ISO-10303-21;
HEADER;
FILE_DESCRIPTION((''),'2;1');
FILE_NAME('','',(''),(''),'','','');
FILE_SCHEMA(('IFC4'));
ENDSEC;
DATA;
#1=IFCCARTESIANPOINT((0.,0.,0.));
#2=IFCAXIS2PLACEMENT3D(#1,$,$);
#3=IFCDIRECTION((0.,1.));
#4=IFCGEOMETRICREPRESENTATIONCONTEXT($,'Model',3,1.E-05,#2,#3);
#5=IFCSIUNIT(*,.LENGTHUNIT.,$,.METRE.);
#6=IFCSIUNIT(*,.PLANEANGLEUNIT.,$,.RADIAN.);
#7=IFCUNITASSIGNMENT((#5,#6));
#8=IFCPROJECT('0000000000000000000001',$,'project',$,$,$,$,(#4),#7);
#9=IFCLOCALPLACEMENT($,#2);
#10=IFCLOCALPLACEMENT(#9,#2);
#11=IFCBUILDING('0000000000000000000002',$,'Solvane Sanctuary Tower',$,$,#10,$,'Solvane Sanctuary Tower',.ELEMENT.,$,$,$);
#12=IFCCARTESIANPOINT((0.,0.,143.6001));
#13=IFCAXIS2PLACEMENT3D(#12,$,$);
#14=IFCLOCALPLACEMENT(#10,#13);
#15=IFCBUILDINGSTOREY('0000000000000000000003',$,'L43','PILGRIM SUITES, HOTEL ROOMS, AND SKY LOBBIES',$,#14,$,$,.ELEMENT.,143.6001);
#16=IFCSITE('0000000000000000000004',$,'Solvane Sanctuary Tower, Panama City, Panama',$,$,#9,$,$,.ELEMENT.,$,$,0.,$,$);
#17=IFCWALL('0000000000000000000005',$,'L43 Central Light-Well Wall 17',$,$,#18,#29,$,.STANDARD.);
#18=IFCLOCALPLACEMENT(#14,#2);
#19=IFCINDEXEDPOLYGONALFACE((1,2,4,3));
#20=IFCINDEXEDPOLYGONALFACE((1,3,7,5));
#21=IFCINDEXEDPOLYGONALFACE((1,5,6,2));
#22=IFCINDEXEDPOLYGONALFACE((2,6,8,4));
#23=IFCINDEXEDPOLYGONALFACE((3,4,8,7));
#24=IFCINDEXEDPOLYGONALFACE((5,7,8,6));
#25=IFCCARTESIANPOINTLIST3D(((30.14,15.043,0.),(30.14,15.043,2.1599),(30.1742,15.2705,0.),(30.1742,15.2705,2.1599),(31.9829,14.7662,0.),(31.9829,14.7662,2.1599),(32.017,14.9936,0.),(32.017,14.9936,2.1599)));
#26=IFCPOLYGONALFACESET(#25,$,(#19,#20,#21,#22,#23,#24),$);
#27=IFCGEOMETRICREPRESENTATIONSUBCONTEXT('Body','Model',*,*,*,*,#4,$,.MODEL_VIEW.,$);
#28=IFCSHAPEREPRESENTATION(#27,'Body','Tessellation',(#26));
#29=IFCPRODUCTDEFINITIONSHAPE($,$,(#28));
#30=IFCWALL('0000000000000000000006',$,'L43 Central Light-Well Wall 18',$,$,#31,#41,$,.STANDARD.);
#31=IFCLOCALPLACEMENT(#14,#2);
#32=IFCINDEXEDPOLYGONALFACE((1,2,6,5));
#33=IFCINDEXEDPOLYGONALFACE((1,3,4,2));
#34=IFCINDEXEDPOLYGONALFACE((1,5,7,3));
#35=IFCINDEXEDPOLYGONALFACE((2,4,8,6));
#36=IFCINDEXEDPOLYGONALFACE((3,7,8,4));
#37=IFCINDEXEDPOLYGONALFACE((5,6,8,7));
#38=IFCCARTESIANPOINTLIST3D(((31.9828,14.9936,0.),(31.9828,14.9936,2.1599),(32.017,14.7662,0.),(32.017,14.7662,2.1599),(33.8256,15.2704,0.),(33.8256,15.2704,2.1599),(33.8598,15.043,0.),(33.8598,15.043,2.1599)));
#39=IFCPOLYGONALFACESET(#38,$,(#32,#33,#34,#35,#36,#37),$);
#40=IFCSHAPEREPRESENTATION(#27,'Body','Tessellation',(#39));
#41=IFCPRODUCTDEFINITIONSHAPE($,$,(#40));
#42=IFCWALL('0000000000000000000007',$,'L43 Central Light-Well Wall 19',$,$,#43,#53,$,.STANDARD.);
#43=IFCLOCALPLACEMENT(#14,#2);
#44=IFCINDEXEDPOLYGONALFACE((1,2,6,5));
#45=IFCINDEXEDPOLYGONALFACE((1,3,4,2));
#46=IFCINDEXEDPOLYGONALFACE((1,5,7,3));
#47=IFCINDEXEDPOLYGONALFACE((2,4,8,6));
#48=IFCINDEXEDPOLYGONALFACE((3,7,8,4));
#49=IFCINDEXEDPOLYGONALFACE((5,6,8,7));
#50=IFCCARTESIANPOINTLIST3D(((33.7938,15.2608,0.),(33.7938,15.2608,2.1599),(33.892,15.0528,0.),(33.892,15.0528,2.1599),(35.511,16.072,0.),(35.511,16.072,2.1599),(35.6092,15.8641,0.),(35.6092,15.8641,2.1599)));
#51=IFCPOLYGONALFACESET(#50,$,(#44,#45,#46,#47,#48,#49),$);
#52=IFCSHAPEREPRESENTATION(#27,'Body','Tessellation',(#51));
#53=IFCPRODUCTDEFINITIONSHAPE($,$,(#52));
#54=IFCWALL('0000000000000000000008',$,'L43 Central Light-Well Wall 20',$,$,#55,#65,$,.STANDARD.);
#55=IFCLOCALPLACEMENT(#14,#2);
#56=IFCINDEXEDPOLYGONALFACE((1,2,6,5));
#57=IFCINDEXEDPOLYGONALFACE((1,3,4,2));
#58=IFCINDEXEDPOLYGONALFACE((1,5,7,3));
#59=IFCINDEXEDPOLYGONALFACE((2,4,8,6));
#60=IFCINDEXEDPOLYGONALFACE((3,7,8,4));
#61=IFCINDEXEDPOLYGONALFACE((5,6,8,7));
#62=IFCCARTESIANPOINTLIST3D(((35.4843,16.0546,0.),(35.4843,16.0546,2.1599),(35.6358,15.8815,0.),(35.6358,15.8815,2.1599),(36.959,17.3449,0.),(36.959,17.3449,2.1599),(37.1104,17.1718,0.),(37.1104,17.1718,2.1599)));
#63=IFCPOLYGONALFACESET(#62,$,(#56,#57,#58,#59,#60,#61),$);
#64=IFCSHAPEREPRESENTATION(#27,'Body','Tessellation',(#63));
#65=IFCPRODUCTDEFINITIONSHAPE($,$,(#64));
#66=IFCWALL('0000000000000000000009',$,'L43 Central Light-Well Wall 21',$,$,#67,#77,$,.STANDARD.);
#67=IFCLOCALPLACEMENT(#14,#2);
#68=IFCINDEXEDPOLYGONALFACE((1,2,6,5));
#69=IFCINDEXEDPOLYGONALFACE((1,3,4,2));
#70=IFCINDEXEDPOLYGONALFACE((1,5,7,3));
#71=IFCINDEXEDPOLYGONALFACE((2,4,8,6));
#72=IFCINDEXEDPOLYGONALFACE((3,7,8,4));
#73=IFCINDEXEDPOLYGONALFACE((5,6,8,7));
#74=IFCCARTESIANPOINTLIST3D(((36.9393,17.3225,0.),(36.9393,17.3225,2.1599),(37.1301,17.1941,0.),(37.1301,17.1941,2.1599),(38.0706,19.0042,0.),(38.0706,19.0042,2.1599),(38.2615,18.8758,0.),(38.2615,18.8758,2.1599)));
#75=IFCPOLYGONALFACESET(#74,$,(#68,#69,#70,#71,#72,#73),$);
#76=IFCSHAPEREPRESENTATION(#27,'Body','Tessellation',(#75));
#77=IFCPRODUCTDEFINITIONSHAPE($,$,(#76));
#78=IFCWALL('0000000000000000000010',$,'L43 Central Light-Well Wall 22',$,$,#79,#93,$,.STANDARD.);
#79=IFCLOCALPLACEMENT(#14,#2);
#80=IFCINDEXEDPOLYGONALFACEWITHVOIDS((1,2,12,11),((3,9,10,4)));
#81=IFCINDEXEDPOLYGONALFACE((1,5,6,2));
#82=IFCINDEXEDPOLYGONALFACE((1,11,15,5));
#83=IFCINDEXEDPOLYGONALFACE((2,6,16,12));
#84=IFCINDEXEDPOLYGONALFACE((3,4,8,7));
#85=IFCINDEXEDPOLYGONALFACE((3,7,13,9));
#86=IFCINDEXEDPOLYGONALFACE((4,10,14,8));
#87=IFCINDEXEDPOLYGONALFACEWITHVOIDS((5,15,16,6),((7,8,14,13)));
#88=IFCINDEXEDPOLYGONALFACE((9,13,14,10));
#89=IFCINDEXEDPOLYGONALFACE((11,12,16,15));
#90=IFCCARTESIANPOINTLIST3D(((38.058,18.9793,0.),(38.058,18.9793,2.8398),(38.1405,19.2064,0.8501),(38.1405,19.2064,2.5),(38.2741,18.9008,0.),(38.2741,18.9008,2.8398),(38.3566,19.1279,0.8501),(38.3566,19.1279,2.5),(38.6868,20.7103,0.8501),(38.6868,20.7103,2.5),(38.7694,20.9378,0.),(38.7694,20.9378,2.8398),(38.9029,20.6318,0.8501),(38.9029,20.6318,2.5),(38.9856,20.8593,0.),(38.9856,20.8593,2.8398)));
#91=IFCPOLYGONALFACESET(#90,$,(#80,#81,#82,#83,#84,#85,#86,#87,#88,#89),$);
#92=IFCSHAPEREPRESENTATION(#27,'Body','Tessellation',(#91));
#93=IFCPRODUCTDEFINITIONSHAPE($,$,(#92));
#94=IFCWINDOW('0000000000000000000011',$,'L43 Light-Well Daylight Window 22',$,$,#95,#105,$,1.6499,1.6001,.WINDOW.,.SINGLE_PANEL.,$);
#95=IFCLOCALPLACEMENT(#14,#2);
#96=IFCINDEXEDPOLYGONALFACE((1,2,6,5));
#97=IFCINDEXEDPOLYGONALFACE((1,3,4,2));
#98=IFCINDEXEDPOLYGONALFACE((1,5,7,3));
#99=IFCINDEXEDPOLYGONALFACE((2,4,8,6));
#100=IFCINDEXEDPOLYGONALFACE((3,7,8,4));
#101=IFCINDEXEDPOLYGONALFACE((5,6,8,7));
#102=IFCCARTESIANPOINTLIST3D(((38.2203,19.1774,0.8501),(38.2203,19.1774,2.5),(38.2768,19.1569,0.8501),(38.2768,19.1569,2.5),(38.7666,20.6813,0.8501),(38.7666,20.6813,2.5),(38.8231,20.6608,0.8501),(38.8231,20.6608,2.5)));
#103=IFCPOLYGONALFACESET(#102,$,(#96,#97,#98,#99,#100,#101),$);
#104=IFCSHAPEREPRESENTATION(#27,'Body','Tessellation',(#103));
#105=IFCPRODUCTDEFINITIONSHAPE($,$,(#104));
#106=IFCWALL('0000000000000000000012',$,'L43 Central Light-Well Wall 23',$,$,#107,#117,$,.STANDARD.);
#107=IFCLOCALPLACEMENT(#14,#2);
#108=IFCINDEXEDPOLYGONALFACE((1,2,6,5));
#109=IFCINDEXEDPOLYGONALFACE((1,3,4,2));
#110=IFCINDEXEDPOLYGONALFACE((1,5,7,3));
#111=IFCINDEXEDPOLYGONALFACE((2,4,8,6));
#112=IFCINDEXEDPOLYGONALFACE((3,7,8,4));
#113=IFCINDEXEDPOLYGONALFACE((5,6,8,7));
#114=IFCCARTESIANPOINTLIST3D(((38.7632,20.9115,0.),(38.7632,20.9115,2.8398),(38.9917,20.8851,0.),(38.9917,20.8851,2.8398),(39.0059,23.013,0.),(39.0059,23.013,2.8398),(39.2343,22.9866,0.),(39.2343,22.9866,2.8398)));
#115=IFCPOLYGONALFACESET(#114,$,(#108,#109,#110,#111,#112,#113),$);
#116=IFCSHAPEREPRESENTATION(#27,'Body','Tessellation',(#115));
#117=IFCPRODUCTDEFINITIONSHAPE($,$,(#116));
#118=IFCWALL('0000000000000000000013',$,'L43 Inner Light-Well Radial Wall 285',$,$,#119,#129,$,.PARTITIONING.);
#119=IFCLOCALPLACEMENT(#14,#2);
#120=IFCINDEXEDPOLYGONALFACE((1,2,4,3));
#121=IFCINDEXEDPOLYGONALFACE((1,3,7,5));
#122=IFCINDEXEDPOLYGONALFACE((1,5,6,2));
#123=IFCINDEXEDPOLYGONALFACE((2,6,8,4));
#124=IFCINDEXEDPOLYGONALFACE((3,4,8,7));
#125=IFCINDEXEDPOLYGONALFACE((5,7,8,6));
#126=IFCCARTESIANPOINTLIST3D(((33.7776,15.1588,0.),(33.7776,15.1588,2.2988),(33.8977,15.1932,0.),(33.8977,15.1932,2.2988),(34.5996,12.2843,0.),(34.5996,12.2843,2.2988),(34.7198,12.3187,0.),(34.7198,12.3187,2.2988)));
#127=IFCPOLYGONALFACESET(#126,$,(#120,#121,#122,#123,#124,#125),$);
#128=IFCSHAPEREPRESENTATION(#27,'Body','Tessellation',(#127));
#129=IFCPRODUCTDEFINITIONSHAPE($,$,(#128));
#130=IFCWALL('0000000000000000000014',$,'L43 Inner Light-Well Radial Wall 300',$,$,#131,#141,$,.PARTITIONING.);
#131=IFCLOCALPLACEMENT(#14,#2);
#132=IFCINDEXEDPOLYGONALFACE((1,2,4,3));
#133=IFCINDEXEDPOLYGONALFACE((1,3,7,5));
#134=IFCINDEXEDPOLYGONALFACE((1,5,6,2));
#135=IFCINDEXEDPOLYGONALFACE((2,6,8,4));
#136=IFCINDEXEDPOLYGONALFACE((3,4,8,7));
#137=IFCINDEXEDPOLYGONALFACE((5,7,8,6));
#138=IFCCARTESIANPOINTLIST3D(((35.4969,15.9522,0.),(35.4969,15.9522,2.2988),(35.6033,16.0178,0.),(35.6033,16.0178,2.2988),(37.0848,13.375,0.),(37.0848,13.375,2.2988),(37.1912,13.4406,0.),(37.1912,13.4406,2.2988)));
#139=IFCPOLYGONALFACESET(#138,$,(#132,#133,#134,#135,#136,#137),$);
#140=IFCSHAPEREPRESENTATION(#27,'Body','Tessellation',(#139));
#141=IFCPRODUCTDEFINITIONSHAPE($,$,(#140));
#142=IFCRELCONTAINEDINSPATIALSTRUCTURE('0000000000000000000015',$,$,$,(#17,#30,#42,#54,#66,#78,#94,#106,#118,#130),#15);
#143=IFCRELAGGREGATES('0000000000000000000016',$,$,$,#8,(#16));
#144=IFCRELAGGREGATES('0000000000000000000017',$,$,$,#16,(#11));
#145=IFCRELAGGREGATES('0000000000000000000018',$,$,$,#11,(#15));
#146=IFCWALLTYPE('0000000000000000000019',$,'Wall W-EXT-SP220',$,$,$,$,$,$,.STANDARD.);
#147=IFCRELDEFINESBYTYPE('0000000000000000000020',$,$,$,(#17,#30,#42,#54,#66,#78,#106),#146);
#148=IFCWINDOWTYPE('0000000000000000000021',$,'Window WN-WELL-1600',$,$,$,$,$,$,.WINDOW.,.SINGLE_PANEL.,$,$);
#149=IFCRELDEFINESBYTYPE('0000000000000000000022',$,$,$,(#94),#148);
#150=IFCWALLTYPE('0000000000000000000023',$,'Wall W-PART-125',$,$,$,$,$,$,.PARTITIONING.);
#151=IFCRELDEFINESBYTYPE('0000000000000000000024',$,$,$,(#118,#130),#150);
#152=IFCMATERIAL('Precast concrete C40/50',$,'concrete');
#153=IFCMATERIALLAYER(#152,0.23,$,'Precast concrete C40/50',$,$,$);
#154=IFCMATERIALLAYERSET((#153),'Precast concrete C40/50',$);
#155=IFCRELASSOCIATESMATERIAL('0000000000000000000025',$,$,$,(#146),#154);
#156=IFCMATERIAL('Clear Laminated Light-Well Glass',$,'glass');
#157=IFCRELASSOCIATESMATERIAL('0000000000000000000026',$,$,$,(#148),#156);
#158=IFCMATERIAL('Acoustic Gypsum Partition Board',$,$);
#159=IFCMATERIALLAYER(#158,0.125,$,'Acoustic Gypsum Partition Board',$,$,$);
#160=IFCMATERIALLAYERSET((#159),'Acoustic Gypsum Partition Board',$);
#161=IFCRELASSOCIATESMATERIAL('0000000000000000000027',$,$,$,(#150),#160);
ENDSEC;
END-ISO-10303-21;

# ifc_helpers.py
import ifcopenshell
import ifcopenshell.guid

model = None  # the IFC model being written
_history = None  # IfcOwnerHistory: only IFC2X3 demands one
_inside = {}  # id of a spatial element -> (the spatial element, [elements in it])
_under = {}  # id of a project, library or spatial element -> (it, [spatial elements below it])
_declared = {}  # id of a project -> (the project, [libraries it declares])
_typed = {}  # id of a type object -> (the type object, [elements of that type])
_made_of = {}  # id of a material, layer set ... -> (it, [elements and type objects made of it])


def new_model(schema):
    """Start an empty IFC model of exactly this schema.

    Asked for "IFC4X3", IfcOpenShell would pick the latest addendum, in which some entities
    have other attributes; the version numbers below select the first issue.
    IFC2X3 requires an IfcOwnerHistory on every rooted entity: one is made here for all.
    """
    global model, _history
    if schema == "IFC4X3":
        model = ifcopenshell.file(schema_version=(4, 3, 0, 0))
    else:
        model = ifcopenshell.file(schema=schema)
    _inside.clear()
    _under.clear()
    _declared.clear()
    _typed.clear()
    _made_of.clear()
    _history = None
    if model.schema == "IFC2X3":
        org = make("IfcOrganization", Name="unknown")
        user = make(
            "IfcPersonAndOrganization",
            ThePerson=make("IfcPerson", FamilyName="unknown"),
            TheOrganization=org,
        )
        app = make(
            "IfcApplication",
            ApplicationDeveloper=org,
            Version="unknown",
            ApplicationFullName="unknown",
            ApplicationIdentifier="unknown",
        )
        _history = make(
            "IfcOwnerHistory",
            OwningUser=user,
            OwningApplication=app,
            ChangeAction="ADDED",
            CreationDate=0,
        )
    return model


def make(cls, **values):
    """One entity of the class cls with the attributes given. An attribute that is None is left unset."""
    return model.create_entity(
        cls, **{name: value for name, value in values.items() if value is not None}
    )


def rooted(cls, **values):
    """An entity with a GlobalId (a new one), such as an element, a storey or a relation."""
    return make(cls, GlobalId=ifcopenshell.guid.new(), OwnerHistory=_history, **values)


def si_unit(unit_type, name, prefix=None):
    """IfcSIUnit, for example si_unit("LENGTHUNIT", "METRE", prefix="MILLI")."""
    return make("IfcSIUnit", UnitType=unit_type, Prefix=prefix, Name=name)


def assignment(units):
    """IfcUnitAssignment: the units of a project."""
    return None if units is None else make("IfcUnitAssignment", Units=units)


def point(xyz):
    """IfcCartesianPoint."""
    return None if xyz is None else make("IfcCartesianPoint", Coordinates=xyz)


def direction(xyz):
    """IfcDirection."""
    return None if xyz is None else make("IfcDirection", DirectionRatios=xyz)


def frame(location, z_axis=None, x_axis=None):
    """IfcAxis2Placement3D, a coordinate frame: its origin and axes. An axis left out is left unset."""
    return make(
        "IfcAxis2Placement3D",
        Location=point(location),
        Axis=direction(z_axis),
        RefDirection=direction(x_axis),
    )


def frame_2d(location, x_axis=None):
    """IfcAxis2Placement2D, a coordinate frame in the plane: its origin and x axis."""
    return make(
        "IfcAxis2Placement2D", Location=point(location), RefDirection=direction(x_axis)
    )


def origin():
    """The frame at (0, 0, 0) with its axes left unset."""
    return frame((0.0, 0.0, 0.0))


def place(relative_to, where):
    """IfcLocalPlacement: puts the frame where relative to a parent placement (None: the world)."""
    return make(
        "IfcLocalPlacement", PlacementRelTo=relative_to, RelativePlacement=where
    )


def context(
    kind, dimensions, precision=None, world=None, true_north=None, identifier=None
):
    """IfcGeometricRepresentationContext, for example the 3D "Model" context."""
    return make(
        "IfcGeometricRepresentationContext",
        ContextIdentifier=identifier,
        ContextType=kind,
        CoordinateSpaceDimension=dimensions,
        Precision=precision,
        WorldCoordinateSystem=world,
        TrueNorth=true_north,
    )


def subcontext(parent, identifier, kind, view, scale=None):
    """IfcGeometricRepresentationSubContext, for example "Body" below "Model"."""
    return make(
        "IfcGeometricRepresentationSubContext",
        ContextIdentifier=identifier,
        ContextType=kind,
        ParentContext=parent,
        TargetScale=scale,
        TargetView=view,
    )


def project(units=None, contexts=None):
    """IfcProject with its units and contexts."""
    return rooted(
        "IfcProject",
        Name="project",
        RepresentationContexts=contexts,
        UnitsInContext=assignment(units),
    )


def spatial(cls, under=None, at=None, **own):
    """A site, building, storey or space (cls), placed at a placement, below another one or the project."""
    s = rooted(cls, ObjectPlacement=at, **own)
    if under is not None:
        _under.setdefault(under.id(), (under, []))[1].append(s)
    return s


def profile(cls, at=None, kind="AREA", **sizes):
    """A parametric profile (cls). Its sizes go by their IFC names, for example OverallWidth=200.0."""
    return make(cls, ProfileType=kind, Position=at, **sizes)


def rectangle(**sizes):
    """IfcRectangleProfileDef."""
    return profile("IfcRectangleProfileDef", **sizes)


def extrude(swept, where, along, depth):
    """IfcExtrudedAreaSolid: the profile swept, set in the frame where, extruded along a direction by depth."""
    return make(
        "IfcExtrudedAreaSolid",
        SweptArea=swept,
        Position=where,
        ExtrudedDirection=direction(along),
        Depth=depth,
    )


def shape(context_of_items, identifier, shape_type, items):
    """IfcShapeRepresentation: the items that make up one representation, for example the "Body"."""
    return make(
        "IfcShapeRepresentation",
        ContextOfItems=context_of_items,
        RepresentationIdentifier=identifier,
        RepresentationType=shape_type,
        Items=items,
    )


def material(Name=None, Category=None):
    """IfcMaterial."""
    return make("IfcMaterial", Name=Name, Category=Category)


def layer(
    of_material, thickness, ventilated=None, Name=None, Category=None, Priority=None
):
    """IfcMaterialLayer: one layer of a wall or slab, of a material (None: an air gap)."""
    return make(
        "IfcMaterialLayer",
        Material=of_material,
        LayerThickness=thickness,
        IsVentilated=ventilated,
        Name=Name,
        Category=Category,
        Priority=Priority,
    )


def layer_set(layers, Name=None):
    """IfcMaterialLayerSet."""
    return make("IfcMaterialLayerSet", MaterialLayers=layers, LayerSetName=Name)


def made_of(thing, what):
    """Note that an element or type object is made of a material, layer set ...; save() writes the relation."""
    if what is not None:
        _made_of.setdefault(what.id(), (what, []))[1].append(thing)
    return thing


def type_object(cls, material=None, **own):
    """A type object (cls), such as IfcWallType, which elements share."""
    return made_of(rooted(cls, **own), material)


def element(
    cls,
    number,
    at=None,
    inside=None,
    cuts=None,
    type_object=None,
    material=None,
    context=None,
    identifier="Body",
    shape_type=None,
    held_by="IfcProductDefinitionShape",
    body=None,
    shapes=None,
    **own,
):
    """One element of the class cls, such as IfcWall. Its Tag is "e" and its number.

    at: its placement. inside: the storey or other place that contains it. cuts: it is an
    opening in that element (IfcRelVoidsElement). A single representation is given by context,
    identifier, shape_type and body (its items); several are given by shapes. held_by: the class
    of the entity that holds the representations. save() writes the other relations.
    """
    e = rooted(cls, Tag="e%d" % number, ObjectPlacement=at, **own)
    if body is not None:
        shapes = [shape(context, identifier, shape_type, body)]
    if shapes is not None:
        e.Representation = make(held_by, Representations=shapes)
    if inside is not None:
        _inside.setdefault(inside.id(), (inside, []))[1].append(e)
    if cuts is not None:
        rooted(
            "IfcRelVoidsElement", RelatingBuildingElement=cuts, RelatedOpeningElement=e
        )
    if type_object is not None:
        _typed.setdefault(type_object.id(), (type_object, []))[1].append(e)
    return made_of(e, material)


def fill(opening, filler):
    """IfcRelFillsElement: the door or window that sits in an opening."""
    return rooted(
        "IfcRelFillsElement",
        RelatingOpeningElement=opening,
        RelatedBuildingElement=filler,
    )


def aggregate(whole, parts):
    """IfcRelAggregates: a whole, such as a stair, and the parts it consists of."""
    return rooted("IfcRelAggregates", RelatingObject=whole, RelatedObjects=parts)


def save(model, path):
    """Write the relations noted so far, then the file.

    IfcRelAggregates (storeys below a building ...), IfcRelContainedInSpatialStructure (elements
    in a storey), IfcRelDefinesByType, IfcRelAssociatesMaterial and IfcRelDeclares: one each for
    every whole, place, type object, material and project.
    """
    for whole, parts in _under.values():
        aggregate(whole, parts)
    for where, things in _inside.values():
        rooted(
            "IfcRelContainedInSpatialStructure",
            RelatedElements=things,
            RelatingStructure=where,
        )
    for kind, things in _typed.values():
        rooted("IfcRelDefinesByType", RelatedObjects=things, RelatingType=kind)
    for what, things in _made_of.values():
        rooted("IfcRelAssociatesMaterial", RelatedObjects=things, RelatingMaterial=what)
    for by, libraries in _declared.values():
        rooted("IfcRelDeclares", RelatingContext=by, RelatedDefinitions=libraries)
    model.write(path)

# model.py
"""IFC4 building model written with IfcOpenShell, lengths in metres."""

from ifc_helpers import new_model, si_unit, direction, frame, frame_2d, origin, place, context, subcontext, project, spatial, rectangle, extrude, material, layer, layer_set, type_object, element, fill, save


model = new_model("IFC4")

# Units and contexts
model_context = context("Model", 3, precision=1e-05, world=origin(), true_north=direction((0.0, 1.0)))
body_context = subcontext(model_context, "Body", "Model", "MODEL_VIEW")
ifc_project = project(units=[si_unit("LENGTHUNIT", "METRE"), si_unit("PLANEANGLEUNIT", "RADIAN")], contexts=[model_context])

# Site, building, storey
site_placement = place(None, origin())
site = spatial("IfcSite", under=ifc_project, at=site_placement, Name="Solvane Sanctuary Tower, Panama City, Panama", CompositionType="ELEMENT", RefElevation=0.0)
building_placement = place(site_placement, origin())
building = spatial("IfcBuilding", under=site, at=building_placement, Name="Solvane Sanctuary Tower", LongName="Solvane Sanctuary Tower", CompositionType="ELEMENT")
storey_placement = place(building_placement, frame((0.0, 0.0, 143.6001)))
storey = spatial("IfcBuildingStorey", under=building, at=storey_placement, Name="L43", Description="PILGRIM SUITES, HOTEL ROOMS, AND SKY LOBBIES", CompositionType="ELEMENT", Elevation=143.6001)

# Walls
ifc_material_1 = material(Name="Precast concrete C40/50", Category="concrete")
ifc_layer_1 = layer(ifc_material_1, 0.23, Name="Precast concrete C40/50")
ifc_layer_set_1 = layer_set([ifc_layer_1], Name="Precast concrete C40/50")
wall_type_1 = type_object("IfcWallType", Name="Wall W-EXT-SP220", PredefinedType="STANDARD", material=ifc_layer_set_1)
for number, where, z_axis, x_axis, name in (
    (1, (30.1572, 15.1567, 0.0), (0.0, 0.0, 1.0), (0.988902, -0.148571, 0.0), "L43 Central Light-Well Wall 17"),
    (2, (32.0, 14.8799, 0.0), (0.0, 0.0, 1.0), (0.988902, 0.148571, 0.0), "L43 Central Light-Well Wall 18"),
):
    element("IfcWall", number, at=place(storey_placement, frame(where, z_axis=z_axis, x_axis=x_axis)), inside=storey, type_object=wall_type_1, Name=name, PredefinedType="STANDARD", context=body_context, shape_type="SweptSolid", body=[
        extrude(rectangle(XDim=1.8635, YDim=0.23, at=frame_2d((0.9316, 0.0))), origin(), (0.0, 0.0, 1.0), 2.1599),
    ])
wall_1_placement = place(storey_placement, frame((33.8428, 15.1567, 0.0), z_axis=(0.0, 0.0, 1.0), x_axis=(0.90418, 0.427152, 0.0)))
element("IfcWall", 3, at=wall_1_placement, inside=storey, type_object=wall_type_1, Name="L43 Central Light-Well Wall 19", PredefinedType="STANDARD", context=body_context, shape_type="SweptSolid", body=[
    extrude(rectangle(XDim=1.8992, YDim=0.23, at=frame_2d((0.9497, 0.0))), origin(), (0.0, 0.0, 1.0), 2.1599),
])
wall_2_placement = place(storey_placement, frame((35.5601, 15.968, 0.0), z_axis=(0.0, 0.0, 1.0), x_axis=(0.752577, 0.658505, 0.0)))
element("IfcWall", 4, at=wall_2_placement, inside=storey, type_object=wall_type_1, Name="L43 Central Light-Well Wall 20", PredefinedType="STANDARD", context=body_context, shape_type="SweptSolid", body=[
    extrude(rectangle(XDim=1.9595, YDim=0.23, at=frame_2d((0.9797, 0.0))), origin(), (0.0, 0.0, 1.0), 2.1599),
])
wall_3_placement = place(storey_placement, frame((37.0347, 17.2583, 0.0), z_axis=(0.0, 0.0, 1.0), x_axis=(0.558198, 0.829708, 0.0)))
element("IfcWall", 5, at=wall_3_placement, inside=storey, type_object=wall_type_1, Name="L43 Central Light-Well Wall 21", PredefinedType="STANDARD", context=body_context, shape_type="SweptSolid", body=[
    extrude(rectangle(XDim=2.0269, YDim=0.23, at=frame_2d((1.0134, 0.0))), origin(), (0.0, 0.0, 1.0), 2.1599),
])

# Wall, opening, window
wall_4_placement = place(storey_placement, frame((38.166, 18.9399, 0.0), z_axis=(0.0, 0.0, 1.0), x_axis=(0.341423, 0.93991, 0.0)))
wall_4 = element("IfcWall", 6, at=wall_4_placement, inside=storey, type_object=wall_type_1, Name="L43 Central Light-Well Wall 22", PredefinedType="STANDARD", context=body_context, shape_type="SweptSolid", body=[
    extrude(rectangle(XDim=2.0837, YDim=0.23, at=frame_2d((1.042, 0.0))), origin(), (0.0, 0.0, 1.0), 2.8398),
])
opening_placement = place(wall_4_placement, frame((0.2417, 0.0, 0.8501)))
opening = element("IfcOpeningElement", 7, at=opening_placement, cuts=wall_4, PredefinedType="OPENING", context=body_context, shape_type="SweptSolid", body=[
    extrude(rectangle(XDim=1.6001, YDim=1.6499, at=frame_2d((0.8, 0.825))), frame((0.0, 0.125, 0.0), z_axis=(0.0, -1.0, 0.0), x_axis=(1.0, 0.0, 0.0)), (0.0, 0.0, 1.0), 0.25),
])
ifc_material_2 = material(Name="Clear Laminated Light-Well Glass", Category="glass")
window_type = type_object("IfcWindowType", Name="Window WN-WELL-1600", PartitioningType="SINGLE_PANEL", PredefinedType="WINDOW", material=ifc_material_2)
window_placement = place(opening_placement, origin())
window = element("IfcWindow", 8, at=window_placement, inside=storey, type_object=window_type, Name="L43 Light-Well Daylight Window 22", OverallHeight=1.6499, OverallWidth=1.6001, PartitioningType="SINGLE_PANEL", PredefinedType="WINDOW", context=body_context, shape_type="SweptSolid", body=[
    extrude(rectangle(XDim=1.6001, YDim=1.6499, at=frame_2d((0.8, 0.825))), frame((0.0, 0.03, 0.0), z_axis=(0.0, -1.0, 0.0), x_axis=(1.0, 0.0, 0.0)), (0.0, 0.0, 1.0), 0.0601),
])
fill(opening, window)

# Walls
wall_5_placement = place(storey_placement, frame((38.8774, 20.8984, 0.0), z_axis=(0.0, 0.0, 1.0), x_axis=(0.114712, 0.993399, 0.0)))
element("IfcWall", 9, at=wall_5_placement, inside=storey, type_object=wall_type_1, Name="L43 Central Light-Well Wall 23", PredefinedType="STANDARD", context=body_context, shape_type="SweptSolid", body=[
    extrude(rectangle(XDim=2.1155, YDim=0.23, at=frame_2d((1.0576, 0.0))), origin(), (0.0, 0.0, 1.0), 2.8398),
])
ifc_material_3 = material(Name="Acoustic Gypsum Partition Board")
ifc_layer_2 = layer(ifc_material_3, 0.125, Name="Acoustic Gypsum Partition Board")
ifc_layer_set_2 = layer_set([ifc_layer_2], Name="Acoustic Gypsum Partition Board")
wall_type_2 = type_object("IfcWallType", Name="Wall W-PART-125", PredefinedType="PARTITIONING", material=ifc_layer_set_2)
wall_6_placement = place(storey_placement, frame((33.8376, 15.176, 0.0), z_axis=(0.0, 0.0, 1.0), x_axis=(0.274948, -0.961459, 0.0)))
element("IfcWall", 10, at=wall_6_placement, inside=storey, type_object=wall_type_2, Name="L43 Inner Light-Well Radial Wall 285", PredefinedType="PARTITIONING", context=body_context, shape_type="SweptSolid", body=[
    extrude(rectangle(XDim=2.9897, YDim=0.125, at=frame_2d((1.4949, 0.0))), origin(), (0.0, 0.0, 1.0), 2.2988),
])
wall_7_placement = place(storey_placement, frame((35.55, 15.9851, 0.0), z_axis=(0.0, 0.0, 1.0), x_axis=(0.524565, -0.85137, 0.0)))
element("IfcWall", 11, at=wall_7_placement, inside=storey, type_object=wall_type_2, Name="L43 Inner Light-Well Radial Wall 300", PredefinedType="PARTITIONING", context=body_context, shape_type="SweptSolid", body=[
    extrude(rectangle(XDim=3.0271, YDim=0.125, at=frame_2d((1.5137, 0.0))), origin(), (0.0, 0.0, 1.0), 2.2988),
])

save(model, "model.ifc")
